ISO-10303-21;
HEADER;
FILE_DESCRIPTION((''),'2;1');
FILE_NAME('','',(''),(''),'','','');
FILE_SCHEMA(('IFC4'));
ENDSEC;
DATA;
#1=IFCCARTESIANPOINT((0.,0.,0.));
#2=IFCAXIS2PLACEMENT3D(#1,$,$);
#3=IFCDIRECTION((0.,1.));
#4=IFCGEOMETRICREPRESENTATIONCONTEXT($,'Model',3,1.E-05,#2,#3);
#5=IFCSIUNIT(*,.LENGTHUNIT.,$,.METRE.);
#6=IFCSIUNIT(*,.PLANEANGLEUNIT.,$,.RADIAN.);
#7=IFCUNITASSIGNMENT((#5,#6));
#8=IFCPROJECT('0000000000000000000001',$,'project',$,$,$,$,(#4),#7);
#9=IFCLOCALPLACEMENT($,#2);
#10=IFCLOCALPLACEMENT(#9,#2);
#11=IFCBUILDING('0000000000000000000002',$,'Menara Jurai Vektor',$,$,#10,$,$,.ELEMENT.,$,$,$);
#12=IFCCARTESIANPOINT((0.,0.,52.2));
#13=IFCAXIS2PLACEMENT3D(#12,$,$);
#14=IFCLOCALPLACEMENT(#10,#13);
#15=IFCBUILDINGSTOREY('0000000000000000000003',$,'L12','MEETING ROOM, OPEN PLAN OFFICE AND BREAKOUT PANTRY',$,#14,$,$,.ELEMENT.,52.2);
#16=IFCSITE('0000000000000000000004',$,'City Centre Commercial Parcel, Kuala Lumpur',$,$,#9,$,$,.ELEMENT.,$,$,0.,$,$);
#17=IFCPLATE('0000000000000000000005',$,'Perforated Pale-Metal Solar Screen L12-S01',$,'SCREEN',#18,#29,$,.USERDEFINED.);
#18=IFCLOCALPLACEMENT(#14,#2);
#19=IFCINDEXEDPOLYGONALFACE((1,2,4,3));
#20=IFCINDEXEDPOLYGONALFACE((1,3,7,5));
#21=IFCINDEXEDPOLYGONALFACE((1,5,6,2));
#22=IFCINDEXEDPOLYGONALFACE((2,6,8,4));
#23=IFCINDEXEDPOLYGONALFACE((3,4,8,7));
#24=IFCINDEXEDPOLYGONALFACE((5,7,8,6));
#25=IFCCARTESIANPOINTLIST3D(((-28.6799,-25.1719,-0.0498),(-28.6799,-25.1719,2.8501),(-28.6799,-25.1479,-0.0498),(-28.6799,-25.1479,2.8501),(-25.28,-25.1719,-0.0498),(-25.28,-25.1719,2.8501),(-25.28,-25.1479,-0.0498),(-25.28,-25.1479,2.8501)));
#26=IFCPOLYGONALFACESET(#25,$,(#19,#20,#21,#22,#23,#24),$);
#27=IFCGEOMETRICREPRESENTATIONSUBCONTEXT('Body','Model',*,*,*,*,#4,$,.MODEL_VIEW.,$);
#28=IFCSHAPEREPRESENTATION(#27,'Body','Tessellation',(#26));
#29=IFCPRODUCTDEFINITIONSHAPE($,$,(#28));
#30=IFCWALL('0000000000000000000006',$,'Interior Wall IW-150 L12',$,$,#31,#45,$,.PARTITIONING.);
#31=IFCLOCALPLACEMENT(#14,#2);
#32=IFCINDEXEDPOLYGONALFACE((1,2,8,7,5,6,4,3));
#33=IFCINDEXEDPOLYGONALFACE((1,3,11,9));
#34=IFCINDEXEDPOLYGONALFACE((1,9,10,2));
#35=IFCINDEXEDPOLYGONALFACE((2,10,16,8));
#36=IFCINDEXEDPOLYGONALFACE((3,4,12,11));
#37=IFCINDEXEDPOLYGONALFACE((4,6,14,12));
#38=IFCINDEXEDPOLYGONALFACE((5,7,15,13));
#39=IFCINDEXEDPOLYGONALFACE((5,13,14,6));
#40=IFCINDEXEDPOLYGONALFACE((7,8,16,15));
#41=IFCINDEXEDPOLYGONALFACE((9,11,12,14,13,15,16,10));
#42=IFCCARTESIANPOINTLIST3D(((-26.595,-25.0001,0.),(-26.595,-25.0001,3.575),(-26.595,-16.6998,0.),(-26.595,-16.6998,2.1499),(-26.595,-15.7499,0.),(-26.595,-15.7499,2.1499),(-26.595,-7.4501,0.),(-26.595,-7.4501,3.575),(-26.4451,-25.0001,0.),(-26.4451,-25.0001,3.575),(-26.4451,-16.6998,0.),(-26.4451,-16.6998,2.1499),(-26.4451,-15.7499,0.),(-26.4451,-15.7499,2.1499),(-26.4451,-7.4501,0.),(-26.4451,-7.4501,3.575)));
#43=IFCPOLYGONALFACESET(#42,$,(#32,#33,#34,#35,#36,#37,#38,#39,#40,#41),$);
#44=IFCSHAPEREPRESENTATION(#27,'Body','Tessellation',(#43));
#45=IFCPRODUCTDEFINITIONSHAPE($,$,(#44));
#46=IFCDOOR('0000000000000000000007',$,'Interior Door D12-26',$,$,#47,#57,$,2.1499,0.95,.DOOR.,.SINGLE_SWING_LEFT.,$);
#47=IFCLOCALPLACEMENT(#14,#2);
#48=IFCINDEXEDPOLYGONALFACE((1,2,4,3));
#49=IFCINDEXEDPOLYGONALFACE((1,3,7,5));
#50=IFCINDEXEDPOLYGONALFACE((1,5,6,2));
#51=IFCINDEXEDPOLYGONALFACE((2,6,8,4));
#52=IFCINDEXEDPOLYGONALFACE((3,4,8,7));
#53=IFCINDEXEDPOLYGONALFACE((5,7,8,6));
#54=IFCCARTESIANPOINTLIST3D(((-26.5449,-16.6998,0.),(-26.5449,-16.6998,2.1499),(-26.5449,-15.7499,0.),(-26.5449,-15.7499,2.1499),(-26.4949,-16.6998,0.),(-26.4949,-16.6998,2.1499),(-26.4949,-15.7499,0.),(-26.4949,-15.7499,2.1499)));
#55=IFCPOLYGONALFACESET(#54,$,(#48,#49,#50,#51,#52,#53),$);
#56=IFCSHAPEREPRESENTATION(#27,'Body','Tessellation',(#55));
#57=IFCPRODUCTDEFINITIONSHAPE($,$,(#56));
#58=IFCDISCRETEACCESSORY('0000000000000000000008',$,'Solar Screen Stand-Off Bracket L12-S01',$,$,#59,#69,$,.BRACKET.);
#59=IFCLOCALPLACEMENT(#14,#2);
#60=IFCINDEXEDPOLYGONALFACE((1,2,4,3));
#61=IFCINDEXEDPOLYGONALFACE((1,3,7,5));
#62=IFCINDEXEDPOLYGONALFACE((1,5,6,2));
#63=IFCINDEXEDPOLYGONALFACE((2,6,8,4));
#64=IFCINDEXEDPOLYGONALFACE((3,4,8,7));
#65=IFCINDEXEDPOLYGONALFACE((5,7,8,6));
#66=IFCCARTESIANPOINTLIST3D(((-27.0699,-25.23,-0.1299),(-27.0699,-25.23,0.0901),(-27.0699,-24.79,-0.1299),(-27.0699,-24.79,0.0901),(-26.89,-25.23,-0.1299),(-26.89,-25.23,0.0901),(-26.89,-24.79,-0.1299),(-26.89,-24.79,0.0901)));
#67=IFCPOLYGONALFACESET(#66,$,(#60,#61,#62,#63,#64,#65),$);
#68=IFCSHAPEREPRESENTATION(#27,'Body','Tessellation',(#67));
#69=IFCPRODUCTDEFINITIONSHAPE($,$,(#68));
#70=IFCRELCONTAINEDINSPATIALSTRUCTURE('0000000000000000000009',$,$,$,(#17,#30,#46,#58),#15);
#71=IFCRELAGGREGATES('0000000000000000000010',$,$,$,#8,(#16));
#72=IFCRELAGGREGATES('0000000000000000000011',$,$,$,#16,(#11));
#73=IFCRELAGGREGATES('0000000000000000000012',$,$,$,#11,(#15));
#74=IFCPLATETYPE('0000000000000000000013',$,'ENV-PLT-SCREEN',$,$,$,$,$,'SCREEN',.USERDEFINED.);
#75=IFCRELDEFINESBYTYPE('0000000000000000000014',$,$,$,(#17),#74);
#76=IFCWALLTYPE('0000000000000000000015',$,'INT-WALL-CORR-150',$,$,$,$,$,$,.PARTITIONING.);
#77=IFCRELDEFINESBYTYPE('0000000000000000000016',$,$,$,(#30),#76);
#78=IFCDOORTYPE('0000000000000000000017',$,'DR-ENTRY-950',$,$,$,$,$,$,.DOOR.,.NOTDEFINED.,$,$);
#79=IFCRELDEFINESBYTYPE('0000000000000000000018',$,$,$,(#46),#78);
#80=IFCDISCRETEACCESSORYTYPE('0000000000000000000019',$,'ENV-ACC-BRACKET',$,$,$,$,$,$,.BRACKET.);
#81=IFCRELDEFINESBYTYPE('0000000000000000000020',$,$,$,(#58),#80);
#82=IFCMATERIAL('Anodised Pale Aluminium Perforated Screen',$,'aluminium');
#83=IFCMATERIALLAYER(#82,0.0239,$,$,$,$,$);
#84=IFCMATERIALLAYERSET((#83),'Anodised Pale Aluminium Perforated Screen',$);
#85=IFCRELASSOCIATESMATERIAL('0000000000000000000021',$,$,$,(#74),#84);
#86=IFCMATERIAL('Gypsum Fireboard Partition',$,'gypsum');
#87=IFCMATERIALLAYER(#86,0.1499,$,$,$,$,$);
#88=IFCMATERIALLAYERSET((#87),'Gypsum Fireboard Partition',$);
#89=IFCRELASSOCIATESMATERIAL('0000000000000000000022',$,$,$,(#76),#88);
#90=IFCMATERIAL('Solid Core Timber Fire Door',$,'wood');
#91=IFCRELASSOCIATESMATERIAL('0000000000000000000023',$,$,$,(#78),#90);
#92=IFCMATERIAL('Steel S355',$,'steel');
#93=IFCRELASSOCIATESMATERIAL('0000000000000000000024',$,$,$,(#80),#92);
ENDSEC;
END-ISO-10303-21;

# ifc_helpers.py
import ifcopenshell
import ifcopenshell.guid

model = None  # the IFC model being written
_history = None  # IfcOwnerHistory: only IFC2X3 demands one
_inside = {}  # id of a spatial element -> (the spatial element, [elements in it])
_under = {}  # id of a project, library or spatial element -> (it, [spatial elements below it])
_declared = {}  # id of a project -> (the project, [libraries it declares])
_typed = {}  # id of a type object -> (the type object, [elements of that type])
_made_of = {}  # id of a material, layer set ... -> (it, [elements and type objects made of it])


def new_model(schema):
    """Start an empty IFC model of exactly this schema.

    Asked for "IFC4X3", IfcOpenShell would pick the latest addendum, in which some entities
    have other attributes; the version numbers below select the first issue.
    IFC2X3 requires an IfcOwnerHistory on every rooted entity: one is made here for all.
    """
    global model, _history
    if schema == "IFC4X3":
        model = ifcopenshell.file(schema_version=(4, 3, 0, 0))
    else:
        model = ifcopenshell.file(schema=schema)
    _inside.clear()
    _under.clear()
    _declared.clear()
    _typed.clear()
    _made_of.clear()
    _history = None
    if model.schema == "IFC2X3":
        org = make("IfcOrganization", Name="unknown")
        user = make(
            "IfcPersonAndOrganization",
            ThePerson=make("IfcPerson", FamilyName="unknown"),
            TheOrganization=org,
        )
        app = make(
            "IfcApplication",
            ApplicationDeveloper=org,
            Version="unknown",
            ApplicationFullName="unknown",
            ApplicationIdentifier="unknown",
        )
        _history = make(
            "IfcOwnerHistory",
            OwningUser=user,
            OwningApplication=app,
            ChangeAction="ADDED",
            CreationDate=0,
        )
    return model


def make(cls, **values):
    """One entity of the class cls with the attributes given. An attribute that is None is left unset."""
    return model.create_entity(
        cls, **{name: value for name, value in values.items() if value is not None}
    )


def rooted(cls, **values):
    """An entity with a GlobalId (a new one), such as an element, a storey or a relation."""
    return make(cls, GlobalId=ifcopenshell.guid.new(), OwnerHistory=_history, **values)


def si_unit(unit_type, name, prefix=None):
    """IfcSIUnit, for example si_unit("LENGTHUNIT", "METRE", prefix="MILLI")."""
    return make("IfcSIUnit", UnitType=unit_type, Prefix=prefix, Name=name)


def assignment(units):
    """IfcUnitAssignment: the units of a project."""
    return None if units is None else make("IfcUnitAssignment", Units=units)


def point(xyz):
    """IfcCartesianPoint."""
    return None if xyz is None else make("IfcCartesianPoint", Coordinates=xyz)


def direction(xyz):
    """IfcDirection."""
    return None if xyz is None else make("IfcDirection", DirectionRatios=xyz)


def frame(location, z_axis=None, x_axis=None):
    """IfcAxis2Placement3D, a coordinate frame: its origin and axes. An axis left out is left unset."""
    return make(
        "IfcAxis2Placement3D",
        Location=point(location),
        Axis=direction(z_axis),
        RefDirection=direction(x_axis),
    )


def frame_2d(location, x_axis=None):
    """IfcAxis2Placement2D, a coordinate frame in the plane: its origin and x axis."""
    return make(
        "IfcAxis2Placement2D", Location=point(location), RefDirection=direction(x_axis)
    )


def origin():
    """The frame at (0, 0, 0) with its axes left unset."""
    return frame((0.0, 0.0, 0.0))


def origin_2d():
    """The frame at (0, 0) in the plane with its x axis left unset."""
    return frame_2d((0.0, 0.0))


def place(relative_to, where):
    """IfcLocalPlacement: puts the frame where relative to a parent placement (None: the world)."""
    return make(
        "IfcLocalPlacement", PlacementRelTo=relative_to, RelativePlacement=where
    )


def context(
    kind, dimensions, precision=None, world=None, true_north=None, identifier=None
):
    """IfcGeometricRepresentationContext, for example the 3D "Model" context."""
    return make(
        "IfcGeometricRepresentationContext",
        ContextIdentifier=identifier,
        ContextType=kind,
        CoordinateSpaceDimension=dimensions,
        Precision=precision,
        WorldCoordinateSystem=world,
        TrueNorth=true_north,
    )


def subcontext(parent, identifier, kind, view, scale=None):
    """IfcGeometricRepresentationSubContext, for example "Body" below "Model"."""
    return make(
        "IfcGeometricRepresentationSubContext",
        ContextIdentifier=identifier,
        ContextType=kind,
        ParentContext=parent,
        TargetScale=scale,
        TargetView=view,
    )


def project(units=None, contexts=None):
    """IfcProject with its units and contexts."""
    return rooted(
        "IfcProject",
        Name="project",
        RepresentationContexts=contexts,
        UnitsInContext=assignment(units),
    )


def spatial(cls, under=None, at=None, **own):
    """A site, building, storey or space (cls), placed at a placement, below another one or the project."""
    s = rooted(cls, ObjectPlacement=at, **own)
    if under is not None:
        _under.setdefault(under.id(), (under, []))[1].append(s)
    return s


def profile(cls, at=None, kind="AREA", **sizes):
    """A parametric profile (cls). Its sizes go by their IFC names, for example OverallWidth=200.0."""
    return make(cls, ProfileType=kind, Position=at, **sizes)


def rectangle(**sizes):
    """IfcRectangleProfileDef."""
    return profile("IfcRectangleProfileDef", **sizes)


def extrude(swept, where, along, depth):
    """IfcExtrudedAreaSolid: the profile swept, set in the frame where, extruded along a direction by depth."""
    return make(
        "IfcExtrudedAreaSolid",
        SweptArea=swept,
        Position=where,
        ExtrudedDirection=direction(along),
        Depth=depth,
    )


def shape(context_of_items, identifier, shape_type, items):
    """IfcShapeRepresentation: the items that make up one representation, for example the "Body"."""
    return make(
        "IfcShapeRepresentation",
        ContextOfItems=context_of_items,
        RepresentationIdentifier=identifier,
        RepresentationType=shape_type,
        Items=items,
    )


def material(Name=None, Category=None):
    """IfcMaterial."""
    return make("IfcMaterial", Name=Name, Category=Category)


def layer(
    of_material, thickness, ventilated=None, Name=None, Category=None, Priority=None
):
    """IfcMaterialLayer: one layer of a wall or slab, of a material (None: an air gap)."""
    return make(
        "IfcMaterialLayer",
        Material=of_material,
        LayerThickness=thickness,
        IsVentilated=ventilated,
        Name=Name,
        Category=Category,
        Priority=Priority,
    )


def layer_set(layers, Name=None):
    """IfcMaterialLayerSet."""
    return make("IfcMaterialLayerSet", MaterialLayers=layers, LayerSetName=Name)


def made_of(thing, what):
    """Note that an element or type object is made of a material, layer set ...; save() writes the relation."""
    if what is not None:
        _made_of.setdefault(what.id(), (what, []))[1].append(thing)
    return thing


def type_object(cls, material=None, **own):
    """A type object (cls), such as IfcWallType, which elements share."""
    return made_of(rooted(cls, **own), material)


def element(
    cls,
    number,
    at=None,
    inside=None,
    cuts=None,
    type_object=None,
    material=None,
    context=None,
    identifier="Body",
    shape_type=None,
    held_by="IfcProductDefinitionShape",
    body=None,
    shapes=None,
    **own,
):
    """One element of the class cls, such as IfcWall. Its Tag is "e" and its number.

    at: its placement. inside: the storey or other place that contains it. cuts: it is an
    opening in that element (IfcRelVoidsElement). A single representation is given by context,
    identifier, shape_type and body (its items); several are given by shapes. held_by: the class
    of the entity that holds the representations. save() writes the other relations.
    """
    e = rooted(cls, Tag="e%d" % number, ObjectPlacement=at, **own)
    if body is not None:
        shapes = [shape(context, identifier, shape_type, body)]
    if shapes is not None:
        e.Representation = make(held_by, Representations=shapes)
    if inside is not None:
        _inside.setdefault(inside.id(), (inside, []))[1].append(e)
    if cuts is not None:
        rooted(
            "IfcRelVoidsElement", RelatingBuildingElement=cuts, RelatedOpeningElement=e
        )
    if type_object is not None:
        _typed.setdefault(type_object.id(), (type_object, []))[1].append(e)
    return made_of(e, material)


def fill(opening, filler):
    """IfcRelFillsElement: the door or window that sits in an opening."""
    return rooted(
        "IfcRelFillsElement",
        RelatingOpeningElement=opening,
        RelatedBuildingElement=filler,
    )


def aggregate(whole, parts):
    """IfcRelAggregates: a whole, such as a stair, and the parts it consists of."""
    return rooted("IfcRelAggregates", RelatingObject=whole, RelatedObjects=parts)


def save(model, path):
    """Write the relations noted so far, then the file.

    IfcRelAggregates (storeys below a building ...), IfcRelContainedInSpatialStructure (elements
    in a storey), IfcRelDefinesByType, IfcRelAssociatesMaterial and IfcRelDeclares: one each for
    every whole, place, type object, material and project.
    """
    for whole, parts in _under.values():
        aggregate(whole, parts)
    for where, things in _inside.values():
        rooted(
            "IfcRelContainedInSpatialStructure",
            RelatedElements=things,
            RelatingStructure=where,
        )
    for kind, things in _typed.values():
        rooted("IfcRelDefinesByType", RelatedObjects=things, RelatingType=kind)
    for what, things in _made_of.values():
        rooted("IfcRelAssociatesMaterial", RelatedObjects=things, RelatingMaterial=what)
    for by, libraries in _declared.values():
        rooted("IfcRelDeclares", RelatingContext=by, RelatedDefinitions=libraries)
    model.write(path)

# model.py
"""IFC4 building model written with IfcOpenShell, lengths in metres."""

from ifc_helpers import new_model, si_unit, direction, frame, frame_2d, origin, origin_2d, place, context, subcontext, project, spatial, rectangle, extrude, material, layer, layer_set, type_object, element, fill, save


model = new_model("IFC4")

# Units and contexts
model_context = context("Model", 3, precision=1e-05, world=origin(), true_north=direction((0.0, 1.0)))
body_context = subcontext(model_context, "Body", "Model", "MODEL_VIEW")
ifc_project = project(units=[si_unit("LENGTHUNIT", "METRE"), si_unit("PLANEANGLEUNIT", "RADIAN")], contexts=[model_context])

# Site, building, storey
site_placement = place(None, origin())
site = spatial("IfcSite", under=ifc_project, at=site_placement, Name="City Centre Commercial Parcel, Kuala Lumpur", CompositionType="ELEMENT", RefElevation=0.0)
building_placement = place(site_placement, origin())
building = spatial("IfcBuilding", under=site, at=building_placement, Name="Menara Jurai Vektor", CompositionType="ELEMENT")
storey_placement = place(building_placement, frame((0.0, 0.0, 52.2)))
storey = spatial("IfcBuildingStorey", under=building, at=storey_placement, Name="L12", Description="MEETING ROOM, OPEN PLAN OFFICE AND BREAKOUT PANTRY", CompositionType="ELEMENT", Elevation=52.2)

# Shared definitions
ifc_material_1 = material(Name="Steel S355", Category="steel")

# Plate
ifc_material_2 = material(Name="Anodised Pale Aluminium Perforated Screen", Category="aluminium")
ifc_layer_1 = layer(ifc_material_2, 0.0239)
ifc_layer_set_1 = layer_set([ifc_layer_1], Name="Anodised Pale Aluminium Perforated Screen")
plate_type_1 = type_object("IfcPlateType", Name="ENV-PLT-SCREEN", ElementType="SCREEN", PredefinedType="USERDEFINED", material=ifc_layer_set_1)
plate_1_placement = place(storey_placement, frame((-26.98, -25.1599, -0.0498), z_axis=(0.0, 0.0, 1.0), x_axis=(1.0, 0.0, 0.0)))
element("IfcPlate", 1, at=plate_1_placement, inside=storey, type_object=plate_type_1, Name="Perforated Pale-Metal Solar Screen L12-S01", ObjectType="SCREEN", PredefinedType="USERDEFINED", context=body_context, shape_type="SweptSolid", body=[
    extrude(rectangle(XDim=3.3999, YDim=0.0239, at=origin_2d()), origin(), (0.0, 0.0, 1.0), 2.8999),
])

# Wall, opening, door
ifc_material_3 = material(Name="Gypsum Fireboard Partition", Category="gypsum")
ifc_layer_2 = layer(ifc_material_3, 0.1499)
ifc_layer_set_2 = layer_set([ifc_layer_2], Name="Gypsum Fireboard Partition")
wall_type = type_object("IfcWallType", Name="INT-WALL-CORR-150", PredefinedType="PARTITIONING", material=ifc_layer_set_2)
wall_placement = place(storey_placement, frame((-26.52, -25.0, 0.0), z_axis=(0.0, 0.0, 1.0), x_axis=(0.0, 1.0, 0.0)))
wall = element("IfcWall", 2, at=wall_placement, inside=storey, type_object=wall_type, Name="Interior Wall IW-150 L12", PredefinedType="PARTITIONING", context=body_context, shape_type="SweptSolid", body=[
    extrude(rectangle(XDim=17.55, YDim=0.1499, at=frame_2d((8.7749, 0.0))), origin(), (0.0, 0.0, 1.0), 3.575),
])
opening_placement = place(wall_placement, frame((8.3, 0.0, 0.0)))
opening = element("IfcOpeningElement", 3, at=opening_placement, cuts=wall, PredefinedType="OPENING", context=body_context, shape_type="SweptSolid", body=[
    extrude(rectangle(XDim=0.95, YDim=2.1499, at=frame_2d((0.4751, 1.075))), frame((0.0, 0.085, 0.0), z_axis=(0.0, -1.0, 0.0), x_axis=(1.0, 0.0, 0.0)), (0.0, 0.0, 1.0), 0.1699),
])
ifc_material_4 = material(Name="Solid Core Timber Fire Door", Category="wood")
door_type = type_object("IfcDoorType", Name="DR-ENTRY-950", OperationType="NOTDEFINED", PredefinedType="DOOR", material=ifc_material_4)
door_placement = place(opening_placement, origin())
door = element("IfcDoor", 4, at=door_placement, inside=storey, type_object=door_type, Name="Interior Door D12-26", OperationType="SINGLE_SWING_LEFT", OverallHeight=2.1499, OverallWidth=0.95, PredefinedType="DOOR", context=body_context, shape_type="SweptSolid", body=[
    extrude(rectangle(XDim=0.95, YDim=2.1499, at=frame_2d((0.4751, 1.075))), frame((0.0, 0.0249, 0.0), z_axis=(0.0, -1.0, 0.0), x_axis=(1.0, 0.0, 0.0)), (0.0, 0.0, 1.0), 0.05),
])
fill(opening, door)

# Discrete accessory
discrete_accessory_type = type_object("IfcDiscreteAccessoryType", Name="ENV-ACC-BRACKET", PredefinedType="BRACKET", material=ifc_material_1)
discrete_accessory_placement = place(storey_placement, frame((-26.98, -25.01, -0.1299), z_axis=(0.0, 0.0, 1.0), x_axis=(1.0, 0.0, 0.0)))
element("IfcDiscreteAccessory", 5, at=discrete_accessory_placement, inside=storey, type_object=discrete_accessory_type, Name="Solar Screen Stand-Off Bracket L12-S01", PredefinedType="BRACKET", context=body_context, shape_type="SweptSolid", body=[
    extrude(rectangle(XDim=0.1799, YDim=0.4399, at=origin_2d()), origin(), (0.0, 0.0, 1.0), 0.22),
])

save(model, "model.ifc")
